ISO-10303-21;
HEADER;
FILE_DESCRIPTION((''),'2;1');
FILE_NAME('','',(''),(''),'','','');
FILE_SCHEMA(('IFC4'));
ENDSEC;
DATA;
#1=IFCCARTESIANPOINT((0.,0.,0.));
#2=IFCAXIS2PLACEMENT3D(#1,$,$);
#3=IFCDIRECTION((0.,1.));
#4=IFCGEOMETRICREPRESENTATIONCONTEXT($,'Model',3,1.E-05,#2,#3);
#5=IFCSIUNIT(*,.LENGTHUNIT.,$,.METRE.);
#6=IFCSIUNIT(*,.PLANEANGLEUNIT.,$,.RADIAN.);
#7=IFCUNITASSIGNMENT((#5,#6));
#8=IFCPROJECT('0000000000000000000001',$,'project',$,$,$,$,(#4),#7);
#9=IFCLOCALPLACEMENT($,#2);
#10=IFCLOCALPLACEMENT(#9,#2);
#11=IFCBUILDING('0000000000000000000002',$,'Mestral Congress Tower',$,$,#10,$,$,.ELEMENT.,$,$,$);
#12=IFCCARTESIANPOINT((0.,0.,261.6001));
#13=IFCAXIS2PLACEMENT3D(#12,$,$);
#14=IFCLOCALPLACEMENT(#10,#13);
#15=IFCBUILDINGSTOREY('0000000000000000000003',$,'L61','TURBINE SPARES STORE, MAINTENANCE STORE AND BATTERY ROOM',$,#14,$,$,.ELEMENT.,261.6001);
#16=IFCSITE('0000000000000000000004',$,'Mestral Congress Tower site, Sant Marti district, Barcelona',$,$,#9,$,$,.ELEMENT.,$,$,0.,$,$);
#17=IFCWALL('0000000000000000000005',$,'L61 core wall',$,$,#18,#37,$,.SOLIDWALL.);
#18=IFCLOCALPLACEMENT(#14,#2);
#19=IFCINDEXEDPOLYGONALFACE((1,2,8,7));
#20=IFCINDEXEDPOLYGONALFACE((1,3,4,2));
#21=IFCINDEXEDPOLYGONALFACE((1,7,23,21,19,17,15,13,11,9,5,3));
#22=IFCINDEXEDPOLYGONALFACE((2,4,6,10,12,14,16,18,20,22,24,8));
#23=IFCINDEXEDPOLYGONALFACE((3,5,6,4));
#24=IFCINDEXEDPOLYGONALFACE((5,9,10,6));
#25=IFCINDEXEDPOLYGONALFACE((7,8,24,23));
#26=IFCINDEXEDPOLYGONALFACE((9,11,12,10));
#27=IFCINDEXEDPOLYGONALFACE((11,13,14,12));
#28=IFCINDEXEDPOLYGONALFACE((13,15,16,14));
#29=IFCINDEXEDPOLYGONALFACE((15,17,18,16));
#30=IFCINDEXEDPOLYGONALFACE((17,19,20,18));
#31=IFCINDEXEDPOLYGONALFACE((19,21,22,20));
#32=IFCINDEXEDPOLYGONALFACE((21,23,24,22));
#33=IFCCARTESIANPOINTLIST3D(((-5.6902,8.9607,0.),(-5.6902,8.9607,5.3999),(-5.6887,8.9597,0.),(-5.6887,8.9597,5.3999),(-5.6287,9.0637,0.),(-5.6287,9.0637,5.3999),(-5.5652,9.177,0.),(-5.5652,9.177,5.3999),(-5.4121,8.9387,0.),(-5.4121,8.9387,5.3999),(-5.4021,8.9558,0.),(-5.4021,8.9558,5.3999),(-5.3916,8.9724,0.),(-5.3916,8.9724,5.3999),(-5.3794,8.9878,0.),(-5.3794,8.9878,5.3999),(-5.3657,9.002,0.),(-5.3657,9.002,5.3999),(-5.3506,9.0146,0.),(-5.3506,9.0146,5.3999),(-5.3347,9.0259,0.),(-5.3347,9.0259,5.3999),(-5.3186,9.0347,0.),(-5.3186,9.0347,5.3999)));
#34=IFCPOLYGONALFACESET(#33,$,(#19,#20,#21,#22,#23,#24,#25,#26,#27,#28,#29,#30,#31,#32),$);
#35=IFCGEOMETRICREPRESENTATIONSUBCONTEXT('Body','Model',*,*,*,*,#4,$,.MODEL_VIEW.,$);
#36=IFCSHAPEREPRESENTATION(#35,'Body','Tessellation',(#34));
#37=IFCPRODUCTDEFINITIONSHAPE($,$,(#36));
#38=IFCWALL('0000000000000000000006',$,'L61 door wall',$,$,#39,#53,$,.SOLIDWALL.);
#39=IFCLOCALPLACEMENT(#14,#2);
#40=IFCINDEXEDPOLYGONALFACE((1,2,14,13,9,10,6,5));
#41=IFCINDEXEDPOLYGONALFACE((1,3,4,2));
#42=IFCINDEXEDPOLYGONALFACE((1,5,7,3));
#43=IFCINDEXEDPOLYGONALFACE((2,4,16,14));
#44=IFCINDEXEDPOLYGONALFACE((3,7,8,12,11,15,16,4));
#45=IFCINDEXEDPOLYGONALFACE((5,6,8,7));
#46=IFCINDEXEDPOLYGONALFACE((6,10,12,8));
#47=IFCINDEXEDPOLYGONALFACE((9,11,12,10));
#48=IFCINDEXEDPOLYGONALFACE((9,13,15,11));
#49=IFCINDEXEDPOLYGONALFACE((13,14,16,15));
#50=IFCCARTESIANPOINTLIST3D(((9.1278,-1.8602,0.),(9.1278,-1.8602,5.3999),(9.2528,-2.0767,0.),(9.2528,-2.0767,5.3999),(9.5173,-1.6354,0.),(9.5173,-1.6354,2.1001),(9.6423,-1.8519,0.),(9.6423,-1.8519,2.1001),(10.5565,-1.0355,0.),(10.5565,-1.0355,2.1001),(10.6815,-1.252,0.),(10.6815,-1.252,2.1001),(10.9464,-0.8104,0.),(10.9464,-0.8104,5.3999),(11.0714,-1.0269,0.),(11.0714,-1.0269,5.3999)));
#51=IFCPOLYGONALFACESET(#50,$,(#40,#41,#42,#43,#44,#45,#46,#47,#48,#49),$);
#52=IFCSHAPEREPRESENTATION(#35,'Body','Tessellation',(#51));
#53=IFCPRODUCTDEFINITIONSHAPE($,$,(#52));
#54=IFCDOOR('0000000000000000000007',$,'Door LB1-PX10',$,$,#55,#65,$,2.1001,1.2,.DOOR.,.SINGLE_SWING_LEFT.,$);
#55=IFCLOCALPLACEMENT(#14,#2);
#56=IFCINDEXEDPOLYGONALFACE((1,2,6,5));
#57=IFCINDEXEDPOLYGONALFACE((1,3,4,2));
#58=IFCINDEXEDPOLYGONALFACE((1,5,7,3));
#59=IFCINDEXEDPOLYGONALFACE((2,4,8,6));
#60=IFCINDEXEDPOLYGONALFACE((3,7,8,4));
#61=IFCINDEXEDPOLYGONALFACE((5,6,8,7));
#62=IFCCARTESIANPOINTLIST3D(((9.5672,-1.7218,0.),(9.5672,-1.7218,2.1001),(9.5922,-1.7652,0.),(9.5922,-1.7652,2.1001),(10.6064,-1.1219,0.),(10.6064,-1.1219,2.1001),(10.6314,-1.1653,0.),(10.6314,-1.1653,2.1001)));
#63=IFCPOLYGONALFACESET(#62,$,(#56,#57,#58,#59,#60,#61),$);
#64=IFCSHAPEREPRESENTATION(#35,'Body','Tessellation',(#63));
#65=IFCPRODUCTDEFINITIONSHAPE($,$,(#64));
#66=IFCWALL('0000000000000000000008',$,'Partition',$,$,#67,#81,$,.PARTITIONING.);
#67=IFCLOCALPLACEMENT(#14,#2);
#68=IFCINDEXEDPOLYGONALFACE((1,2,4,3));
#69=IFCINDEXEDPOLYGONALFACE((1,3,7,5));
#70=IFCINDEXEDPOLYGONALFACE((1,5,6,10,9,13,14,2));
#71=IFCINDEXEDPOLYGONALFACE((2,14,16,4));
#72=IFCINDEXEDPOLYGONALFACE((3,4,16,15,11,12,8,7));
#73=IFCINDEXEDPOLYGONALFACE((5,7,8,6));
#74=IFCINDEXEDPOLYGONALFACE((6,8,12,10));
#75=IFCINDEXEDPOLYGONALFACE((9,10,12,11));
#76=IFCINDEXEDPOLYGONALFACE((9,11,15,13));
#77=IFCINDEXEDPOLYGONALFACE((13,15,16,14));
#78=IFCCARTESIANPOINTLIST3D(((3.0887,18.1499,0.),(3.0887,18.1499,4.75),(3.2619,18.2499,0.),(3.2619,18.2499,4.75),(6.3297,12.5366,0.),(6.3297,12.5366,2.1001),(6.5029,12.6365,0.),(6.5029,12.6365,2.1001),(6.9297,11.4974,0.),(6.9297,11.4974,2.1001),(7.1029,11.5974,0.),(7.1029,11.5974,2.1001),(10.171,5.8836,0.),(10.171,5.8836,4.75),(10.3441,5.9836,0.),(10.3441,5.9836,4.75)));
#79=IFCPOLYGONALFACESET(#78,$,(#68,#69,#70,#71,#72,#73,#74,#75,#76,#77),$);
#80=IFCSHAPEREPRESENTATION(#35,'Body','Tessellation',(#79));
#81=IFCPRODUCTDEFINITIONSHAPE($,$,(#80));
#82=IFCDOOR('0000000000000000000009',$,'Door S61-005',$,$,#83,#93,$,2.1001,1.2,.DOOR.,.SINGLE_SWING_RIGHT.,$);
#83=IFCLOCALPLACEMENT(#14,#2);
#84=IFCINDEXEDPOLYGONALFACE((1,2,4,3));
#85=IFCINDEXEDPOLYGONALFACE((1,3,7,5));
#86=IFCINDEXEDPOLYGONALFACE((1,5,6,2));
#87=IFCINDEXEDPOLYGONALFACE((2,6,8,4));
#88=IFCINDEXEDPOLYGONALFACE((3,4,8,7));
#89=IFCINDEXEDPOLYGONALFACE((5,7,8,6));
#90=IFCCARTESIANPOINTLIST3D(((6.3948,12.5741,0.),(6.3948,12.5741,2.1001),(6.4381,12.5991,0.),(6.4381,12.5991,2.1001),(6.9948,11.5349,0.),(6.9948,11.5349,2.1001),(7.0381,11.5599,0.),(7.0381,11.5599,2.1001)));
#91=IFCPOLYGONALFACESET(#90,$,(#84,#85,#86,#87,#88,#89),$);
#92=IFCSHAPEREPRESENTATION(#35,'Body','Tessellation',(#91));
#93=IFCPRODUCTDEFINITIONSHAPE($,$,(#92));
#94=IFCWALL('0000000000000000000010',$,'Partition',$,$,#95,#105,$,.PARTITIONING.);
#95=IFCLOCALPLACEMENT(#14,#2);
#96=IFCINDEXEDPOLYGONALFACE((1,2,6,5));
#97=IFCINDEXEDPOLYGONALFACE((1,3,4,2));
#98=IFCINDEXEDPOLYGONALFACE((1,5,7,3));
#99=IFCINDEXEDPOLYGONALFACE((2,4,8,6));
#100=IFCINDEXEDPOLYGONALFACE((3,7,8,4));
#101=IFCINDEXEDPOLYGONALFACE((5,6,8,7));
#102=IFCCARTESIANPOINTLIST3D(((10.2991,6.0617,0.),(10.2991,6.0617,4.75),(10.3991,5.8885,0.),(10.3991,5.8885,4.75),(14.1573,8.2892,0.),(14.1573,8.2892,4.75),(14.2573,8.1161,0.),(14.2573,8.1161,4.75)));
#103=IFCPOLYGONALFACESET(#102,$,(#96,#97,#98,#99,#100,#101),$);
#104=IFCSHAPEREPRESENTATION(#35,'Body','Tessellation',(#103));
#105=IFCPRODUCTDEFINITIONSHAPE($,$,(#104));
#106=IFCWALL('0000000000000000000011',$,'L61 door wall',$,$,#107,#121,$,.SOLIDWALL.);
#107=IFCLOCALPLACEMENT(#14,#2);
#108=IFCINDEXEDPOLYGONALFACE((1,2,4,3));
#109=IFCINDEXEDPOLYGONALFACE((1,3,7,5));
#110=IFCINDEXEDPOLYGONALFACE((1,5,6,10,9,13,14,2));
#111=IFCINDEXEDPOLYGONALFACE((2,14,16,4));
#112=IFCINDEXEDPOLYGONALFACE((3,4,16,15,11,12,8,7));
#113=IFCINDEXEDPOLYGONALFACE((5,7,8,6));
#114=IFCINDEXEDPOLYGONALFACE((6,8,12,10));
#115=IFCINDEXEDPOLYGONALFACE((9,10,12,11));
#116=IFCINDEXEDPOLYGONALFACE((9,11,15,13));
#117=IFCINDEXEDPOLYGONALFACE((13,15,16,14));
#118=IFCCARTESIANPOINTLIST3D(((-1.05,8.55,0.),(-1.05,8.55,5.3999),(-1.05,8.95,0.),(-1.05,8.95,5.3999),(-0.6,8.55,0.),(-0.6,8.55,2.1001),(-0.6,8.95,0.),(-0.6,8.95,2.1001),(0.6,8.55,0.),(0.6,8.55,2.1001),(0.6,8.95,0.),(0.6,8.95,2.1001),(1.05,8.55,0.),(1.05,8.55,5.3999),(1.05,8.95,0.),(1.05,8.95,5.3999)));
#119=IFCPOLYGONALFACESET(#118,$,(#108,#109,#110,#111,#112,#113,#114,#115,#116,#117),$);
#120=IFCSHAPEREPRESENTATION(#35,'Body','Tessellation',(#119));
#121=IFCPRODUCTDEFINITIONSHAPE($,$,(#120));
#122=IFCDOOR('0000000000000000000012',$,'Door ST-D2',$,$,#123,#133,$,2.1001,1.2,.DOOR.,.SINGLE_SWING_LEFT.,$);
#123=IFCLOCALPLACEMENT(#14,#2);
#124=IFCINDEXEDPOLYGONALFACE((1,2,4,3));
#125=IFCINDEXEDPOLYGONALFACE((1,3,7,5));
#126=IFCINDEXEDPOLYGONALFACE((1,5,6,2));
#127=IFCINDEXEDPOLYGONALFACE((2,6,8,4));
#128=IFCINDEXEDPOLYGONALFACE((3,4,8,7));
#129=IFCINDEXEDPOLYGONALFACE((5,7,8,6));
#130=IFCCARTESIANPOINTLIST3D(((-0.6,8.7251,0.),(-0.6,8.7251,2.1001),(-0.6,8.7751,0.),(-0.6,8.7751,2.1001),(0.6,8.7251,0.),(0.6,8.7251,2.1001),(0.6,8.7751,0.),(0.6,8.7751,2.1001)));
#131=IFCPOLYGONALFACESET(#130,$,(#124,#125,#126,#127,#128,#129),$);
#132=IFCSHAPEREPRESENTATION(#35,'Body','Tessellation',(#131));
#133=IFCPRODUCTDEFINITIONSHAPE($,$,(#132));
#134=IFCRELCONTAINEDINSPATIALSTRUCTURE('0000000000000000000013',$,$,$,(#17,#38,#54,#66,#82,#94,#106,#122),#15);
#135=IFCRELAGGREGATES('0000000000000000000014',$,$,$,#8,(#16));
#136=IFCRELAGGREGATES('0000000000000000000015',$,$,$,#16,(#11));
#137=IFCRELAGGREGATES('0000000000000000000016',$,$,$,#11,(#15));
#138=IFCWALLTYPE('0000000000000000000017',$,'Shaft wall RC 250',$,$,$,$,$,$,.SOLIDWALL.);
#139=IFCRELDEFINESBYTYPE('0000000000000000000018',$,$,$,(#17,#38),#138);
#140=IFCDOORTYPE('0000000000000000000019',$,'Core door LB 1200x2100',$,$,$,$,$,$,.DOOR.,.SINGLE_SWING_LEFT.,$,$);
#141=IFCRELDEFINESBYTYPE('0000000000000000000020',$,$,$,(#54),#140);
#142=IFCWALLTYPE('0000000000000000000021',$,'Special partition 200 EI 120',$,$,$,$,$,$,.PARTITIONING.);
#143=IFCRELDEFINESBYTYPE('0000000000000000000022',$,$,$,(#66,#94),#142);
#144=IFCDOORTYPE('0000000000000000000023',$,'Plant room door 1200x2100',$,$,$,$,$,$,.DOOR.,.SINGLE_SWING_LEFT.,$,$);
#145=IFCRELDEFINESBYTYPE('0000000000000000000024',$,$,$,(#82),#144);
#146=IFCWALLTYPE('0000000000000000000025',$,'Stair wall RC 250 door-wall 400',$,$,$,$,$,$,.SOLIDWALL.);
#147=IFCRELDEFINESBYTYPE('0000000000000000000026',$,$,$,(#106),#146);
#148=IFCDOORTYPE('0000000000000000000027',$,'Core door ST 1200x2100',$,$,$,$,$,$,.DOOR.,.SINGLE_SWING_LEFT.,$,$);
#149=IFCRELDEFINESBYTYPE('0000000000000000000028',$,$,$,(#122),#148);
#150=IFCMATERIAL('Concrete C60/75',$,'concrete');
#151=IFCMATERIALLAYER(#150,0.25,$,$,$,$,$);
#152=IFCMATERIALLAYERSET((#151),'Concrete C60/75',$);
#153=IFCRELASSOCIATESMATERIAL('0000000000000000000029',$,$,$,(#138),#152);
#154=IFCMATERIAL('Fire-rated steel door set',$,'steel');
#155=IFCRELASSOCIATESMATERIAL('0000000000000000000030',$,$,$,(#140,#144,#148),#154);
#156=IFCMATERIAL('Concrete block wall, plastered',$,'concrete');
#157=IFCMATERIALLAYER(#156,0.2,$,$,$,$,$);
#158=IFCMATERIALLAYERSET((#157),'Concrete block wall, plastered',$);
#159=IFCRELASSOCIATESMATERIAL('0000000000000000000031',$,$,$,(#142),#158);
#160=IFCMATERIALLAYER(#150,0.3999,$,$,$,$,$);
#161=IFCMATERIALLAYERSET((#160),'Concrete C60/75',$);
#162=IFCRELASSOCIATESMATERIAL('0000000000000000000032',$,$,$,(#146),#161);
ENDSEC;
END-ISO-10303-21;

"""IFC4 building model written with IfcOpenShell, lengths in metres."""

from ifc_helpers import new_model, si_unit, direction, frame, frame_2d, origin, place, context, subcontext, project, spatial, polyline, rectangle, outline, extrude, material, layer, layer_set, type_object, element, fill, save


model = new_model("IFC4")

# Units and contexts
model_context = context("Model", 3, precision=1e-05, world=origin(), true_north=direction((0.0, 1.0)))
body_context = subcontext(model_context, "Body", "Model", "MODEL_VIEW")
ifc_project = project(units=[si_unit("LENGTHUNIT", "METRE"), si_unit("PLANEANGLEUNIT", "RADIAN")], contexts=[model_context])

# Site, building, storey
site_placement = place(None, origin())
site = spatial("IfcSite", under=ifc_project, at=site_placement, Name="Mestral Congress Tower site, Sant Marti district, Barcelona", CompositionType="ELEMENT", RefElevation=0.0)
building_placement = place(site_placement, origin())
building = spatial("IfcBuilding", under=site, at=building_placement, Name="Mestral Congress Tower", CompositionType="ELEMENT")
storey_placement = place(building_placement, frame((0.0, 0.0, 261.6001)))
storey = spatial("IfcBuildingStorey", under=building, at=storey_placement, Name="L61", Description="TURBINE SPARES STORE, MAINTENANCE STORE AND BATTERY ROOM", CompositionType="ELEMENT", Elevation=261.6001)

# Shared definitions
placement = place(storey_placement, origin())
ifc_material_1 = material(Name="Concrete C60/75", Category="concrete")

# Shared definitions
ifc_material_2 = material(Name="Fire-rated steel door set", Category="steel")

# Wall
ifc_layer_1 = layer(ifc_material_1, 0.25)
ifc_layer_set_1 = layer_set([ifc_layer_1], Name="Concrete C60/75")
wall_type_1 = type_object("IfcWallType", Name="Shaft wall RC 250", PredefinedType="SOLIDWALL", material=ifc_layer_set_1)
element("IfcWall", 1, at=placement, inside=storey, type_object=wall_type_1, Name="L61 core wall", PredefinedType="SOLIDWALL", context=body_context, shape_type="SweptSolid", body=[
    extrude(outline(polyline([(-5.6887, 8.9597), (-5.6902, 8.9607), (-5.5652, 9.177), (-5.3186, 9.0347), (-5.3347, 9.0259), (-5.3506, 9.0146), (-5.3657, 9.002), (-5.3794, 8.9878), (-5.3916, 8.9724), (-5.4021, 8.9558), (-5.4121, 8.9387), (-5.6287, 9.0637), (-5.6287, 9.0637), (-5.6887, 8.9597)])), origin(), (0.0, 0.0, 1.0), 5.3999),
])

# Walls, openings, doors
wall_1_placement = place(storey_placement, frame((11.0088, -0.9187, 0.0), z_axis=(0.0, 0.0, 1.0), x_axis=(-0.86606, -0.499941, 0.0)))
wall_1 = element("IfcWall", 2, at=wall_1_placement, inside=storey, type_object=wall_type_1, Name="L61 door wall", PredefinedType="SOLIDWALL", context=body_context, shape_type="SweptSolid", body=[
    extrude(rectangle(XDim=2.0999, YDim=0.25, at=frame_2d((1.0498, 0.0))), origin(), (0.0, 0.0, 1.0), 5.3999),
])
opening_1_placement = place(wall_1_placement, frame((0.45, 0.0, 0.0)))
opening_1 = element("IfcOpeningElement", 3, at=opening_1_placement, cuts=wall_1, PredefinedType="OPENING", context=body_context, shape_type="SweptSolid", body=[
    extrude(rectangle(XDim=1.2, YDim=2.1001, at=frame_2d((0.6001, 1.05))), frame((0.0, 0.135, 0.0), z_axis=(0.0, -1.0, 0.0), x_axis=(1.0, 0.0, 0.0)), (0.0, 0.0, 1.0), 0.27),
])
door_type_1 = type_object("IfcDoorType", Name="Core door LB 1200x2100", OperationType="SINGLE_SWING_LEFT", PredefinedType="DOOR", material=ifc_material_2)
door_1_placement = place(opening_1_placement, origin())
door_1 = element("IfcDoor", 4, at=door_1_placement, inside=storey, type_object=door_type_1, Name="Door LB1-PX10", OperationType="SINGLE_SWING_LEFT", OverallHeight=2.1001, OverallWidth=1.2, PredefinedType="DOOR", context=body_context, shape_type="SweptSolid", body=[
    extrude(rectangle(XDim=1.2, YDim=2.1001, at=frame_2d((0.6001, 1.05))), frame((0.0, 0.0249, 0.0), z_axis=(0.0, -1.0, 0.0), x_axis=(1.0, 0.0, 0.0)), (0.0, 0.0, 1.0), 0.05),
])
fill(opening_1, door_1)
ifc_material_3 = material(Name="Concrete block wall, plastered", Category="concrete")
ifc_layer_2 = layer(ifc_material_3, 0.2)
ifc_layer_set_2 = layer_set([ifc_layer_2], Name="Concrete block wall, plastered")
wall_type_2 = type_object("IfcWallType", Name="Special partition 200 EI 120", PredefinedType="PARTITIONING", material=ifc_layer_set_2)
wall_2_placement = place(storey_placement, frame((10.2576, 5.9336, 0.0), z_axis=(0.0, 0.0, 1.0), x_axis=(-0.500015, 0.866017, 0.0)))
wall_2 = element("IfcWall", 5, at=wall_2_placement, inside=storey, type_object=wall_type_2, Name="Partition", PredefinedType="PARTITIONING", context=body_context, shape_type="SweptSolid", body=[
    extrude(rectangle(XDim=14.1641, YDim=0.2, at=frame_2d((7.082, 0.0))), origin(), (0.0, 0.0, 1.0), 4.75),
])
opening_2_placement = place(wall_2_placement, frame((6.4822, 0.0, 0.0)))
opening_2 = element("IfcOpeningElement", 6, at=opening_2_placement, cuts=wall_2, PredefinedType="OPENING", context=body_context, shape_type="SweptSolid", body=[
    extrude(rectangle(XDim=1.2, YDim=2.1001, at=frame_2d((0.6001, 1.05))), frame((0.0, 0.1099, 0.0), z_axis=(0.0, -1.0, 0.0), x_axis=(1.0, 0.0, 0.0)), (0.0, 0.0, 1.0), 0.22),
])
door_type_2 = type_object("IfcDoorType", Name="Plant room door 1200x2100", OperationType="SINGLE_SWING_LEFT", PredefinedType="DOOR", material=ifc_material_2)
door_2_placement = place(opening_2_placement, origin())
door_2 = element("IfcDoor", 7, at=door_2_placement, inside=storey, type_object=door_type_2, Name="Door S61-005", OperationType="SINGLE_SWING_RIGHT", OverallHeight=2.1001, OverallWidth=1.2, PredefinedType="DOOR", context=body_context, shape_type="SweptSolid", body=[
    extrude(rectangle(XDim=1.2, YDim=2.1001, at=frame_2d((0.6001, 1.05))), frame((0.0, 0.0249, 0.0), z_axis=(0.0, -1.0, 0.0), x_axis=(1.0, 0.0, 0.0)), (0.0, 0.0, 1.0), 0.05),
])
fill(opening_2, door_2)

# Wall
wall_3_placement = place(storey_placement, frame((10.3491, 5.9751, 0.0), z_axis=(0.0, 0.0, 1.0), x_axis=(0.866022, 0.500005, 0.0)))
element("IfcWall", 8, at=wall_3_placement, inside=storey, type_object=wall_type_2, Name="Partition", PredefinedType="PARTITIONING", context=body_context, shape_type="SweptSolid", body=[
    extrude(rectangle(XDim=4.4551, YDim=0.2, at=frame_2d((2.2275, 0.0))), origin(), (0.0, 0.0, 1.0), 4.75),
])

# Wall, opening, door
ifc_layer_3 = layer(ifc_material_1, 0.3999)
ifc_layer_set_3 = layer_set([ifc_layer_3], Name="Concrete C60/75")
wall_type_3 = type_object("IfcWallType", Name="Stair wall RC 250 door-wall 400", PredefinedType="SOLIDWALL", material=ifc_layer_set_3)
wall_4_placement = place(storey_placement, frame((1.05, 8.75, 0.0), z_axis=(0.0, 0.0, 1.0), x_axis=(-1.0, 0.0, 0.0)))
wall_4 = element("IfcWall", 9, at=wall_4_placement, inside=storey, type_object=wall_type_3, Name="L61 door wall", PredefinedType="SOLIDWALL", context=body_context, shape_type="SweptSolid", body=[
    extrude(rectangle(XDim=2.1001, YDim=0.3999, at=frame_2d((1.05, 0.0))), origin(), (0.0, 0.0, 1.0), 5.3999),
])
opening_3_placement = place(wall_4_placement, frame((0.45, 0.0, 0.0)))
opening_3 = element("IfcOpeningElement", 10, at=opening_3_placement, cuts=wall_4, PredefinedType="OPENING", context=body_context, shape_type="SweptSolid", body=[
    extrude(rectangle(XDim=1.2, YDim=2.1001, at=frame_2d((0.6001, 1.05))), frame((0.0, 0.21, 0.0), z_axis=(0.0, -1.0, 0.0), x_axis=(1.0, 0.0, 0.0)), (0.0, 0.0, 1.0), 0.4199),
])
door_type_3 = type_object("IfcDoorType", Name="Core door ST 1200x2100", OperationType="SINGLE_SWING_LEFT", PredefinedType="DOOR", material=ifc_material_2)
door_3_placement = place(opening_3_placement, origin())
door_3 = element("IfcDoor", 11, at=door_3_placement, inside=storey, type_object=door_type_3, Name="Door ST-D2", OperationType="SINGLE_SWING_LEFT", OverallHeight=2.1001, OverallWidth=1.2, PredefinedType="DOOR", context=body_context, shape_type="SweptSolid", body=[
    extrude(rectangle(XDim=1.2, YDim=2.1001, at=frame_2d((0.6001, 1.05))), frame((0.0, 0.0249, 0.0), z_axis=(0.0, -1.0, 0.0), x_axis=(1.0, 0.0, 0.0)), (0.0, 0.0, 1.0), 0.05),
])
fill(opening_3, door_3)

save(model, "model.ifc")
